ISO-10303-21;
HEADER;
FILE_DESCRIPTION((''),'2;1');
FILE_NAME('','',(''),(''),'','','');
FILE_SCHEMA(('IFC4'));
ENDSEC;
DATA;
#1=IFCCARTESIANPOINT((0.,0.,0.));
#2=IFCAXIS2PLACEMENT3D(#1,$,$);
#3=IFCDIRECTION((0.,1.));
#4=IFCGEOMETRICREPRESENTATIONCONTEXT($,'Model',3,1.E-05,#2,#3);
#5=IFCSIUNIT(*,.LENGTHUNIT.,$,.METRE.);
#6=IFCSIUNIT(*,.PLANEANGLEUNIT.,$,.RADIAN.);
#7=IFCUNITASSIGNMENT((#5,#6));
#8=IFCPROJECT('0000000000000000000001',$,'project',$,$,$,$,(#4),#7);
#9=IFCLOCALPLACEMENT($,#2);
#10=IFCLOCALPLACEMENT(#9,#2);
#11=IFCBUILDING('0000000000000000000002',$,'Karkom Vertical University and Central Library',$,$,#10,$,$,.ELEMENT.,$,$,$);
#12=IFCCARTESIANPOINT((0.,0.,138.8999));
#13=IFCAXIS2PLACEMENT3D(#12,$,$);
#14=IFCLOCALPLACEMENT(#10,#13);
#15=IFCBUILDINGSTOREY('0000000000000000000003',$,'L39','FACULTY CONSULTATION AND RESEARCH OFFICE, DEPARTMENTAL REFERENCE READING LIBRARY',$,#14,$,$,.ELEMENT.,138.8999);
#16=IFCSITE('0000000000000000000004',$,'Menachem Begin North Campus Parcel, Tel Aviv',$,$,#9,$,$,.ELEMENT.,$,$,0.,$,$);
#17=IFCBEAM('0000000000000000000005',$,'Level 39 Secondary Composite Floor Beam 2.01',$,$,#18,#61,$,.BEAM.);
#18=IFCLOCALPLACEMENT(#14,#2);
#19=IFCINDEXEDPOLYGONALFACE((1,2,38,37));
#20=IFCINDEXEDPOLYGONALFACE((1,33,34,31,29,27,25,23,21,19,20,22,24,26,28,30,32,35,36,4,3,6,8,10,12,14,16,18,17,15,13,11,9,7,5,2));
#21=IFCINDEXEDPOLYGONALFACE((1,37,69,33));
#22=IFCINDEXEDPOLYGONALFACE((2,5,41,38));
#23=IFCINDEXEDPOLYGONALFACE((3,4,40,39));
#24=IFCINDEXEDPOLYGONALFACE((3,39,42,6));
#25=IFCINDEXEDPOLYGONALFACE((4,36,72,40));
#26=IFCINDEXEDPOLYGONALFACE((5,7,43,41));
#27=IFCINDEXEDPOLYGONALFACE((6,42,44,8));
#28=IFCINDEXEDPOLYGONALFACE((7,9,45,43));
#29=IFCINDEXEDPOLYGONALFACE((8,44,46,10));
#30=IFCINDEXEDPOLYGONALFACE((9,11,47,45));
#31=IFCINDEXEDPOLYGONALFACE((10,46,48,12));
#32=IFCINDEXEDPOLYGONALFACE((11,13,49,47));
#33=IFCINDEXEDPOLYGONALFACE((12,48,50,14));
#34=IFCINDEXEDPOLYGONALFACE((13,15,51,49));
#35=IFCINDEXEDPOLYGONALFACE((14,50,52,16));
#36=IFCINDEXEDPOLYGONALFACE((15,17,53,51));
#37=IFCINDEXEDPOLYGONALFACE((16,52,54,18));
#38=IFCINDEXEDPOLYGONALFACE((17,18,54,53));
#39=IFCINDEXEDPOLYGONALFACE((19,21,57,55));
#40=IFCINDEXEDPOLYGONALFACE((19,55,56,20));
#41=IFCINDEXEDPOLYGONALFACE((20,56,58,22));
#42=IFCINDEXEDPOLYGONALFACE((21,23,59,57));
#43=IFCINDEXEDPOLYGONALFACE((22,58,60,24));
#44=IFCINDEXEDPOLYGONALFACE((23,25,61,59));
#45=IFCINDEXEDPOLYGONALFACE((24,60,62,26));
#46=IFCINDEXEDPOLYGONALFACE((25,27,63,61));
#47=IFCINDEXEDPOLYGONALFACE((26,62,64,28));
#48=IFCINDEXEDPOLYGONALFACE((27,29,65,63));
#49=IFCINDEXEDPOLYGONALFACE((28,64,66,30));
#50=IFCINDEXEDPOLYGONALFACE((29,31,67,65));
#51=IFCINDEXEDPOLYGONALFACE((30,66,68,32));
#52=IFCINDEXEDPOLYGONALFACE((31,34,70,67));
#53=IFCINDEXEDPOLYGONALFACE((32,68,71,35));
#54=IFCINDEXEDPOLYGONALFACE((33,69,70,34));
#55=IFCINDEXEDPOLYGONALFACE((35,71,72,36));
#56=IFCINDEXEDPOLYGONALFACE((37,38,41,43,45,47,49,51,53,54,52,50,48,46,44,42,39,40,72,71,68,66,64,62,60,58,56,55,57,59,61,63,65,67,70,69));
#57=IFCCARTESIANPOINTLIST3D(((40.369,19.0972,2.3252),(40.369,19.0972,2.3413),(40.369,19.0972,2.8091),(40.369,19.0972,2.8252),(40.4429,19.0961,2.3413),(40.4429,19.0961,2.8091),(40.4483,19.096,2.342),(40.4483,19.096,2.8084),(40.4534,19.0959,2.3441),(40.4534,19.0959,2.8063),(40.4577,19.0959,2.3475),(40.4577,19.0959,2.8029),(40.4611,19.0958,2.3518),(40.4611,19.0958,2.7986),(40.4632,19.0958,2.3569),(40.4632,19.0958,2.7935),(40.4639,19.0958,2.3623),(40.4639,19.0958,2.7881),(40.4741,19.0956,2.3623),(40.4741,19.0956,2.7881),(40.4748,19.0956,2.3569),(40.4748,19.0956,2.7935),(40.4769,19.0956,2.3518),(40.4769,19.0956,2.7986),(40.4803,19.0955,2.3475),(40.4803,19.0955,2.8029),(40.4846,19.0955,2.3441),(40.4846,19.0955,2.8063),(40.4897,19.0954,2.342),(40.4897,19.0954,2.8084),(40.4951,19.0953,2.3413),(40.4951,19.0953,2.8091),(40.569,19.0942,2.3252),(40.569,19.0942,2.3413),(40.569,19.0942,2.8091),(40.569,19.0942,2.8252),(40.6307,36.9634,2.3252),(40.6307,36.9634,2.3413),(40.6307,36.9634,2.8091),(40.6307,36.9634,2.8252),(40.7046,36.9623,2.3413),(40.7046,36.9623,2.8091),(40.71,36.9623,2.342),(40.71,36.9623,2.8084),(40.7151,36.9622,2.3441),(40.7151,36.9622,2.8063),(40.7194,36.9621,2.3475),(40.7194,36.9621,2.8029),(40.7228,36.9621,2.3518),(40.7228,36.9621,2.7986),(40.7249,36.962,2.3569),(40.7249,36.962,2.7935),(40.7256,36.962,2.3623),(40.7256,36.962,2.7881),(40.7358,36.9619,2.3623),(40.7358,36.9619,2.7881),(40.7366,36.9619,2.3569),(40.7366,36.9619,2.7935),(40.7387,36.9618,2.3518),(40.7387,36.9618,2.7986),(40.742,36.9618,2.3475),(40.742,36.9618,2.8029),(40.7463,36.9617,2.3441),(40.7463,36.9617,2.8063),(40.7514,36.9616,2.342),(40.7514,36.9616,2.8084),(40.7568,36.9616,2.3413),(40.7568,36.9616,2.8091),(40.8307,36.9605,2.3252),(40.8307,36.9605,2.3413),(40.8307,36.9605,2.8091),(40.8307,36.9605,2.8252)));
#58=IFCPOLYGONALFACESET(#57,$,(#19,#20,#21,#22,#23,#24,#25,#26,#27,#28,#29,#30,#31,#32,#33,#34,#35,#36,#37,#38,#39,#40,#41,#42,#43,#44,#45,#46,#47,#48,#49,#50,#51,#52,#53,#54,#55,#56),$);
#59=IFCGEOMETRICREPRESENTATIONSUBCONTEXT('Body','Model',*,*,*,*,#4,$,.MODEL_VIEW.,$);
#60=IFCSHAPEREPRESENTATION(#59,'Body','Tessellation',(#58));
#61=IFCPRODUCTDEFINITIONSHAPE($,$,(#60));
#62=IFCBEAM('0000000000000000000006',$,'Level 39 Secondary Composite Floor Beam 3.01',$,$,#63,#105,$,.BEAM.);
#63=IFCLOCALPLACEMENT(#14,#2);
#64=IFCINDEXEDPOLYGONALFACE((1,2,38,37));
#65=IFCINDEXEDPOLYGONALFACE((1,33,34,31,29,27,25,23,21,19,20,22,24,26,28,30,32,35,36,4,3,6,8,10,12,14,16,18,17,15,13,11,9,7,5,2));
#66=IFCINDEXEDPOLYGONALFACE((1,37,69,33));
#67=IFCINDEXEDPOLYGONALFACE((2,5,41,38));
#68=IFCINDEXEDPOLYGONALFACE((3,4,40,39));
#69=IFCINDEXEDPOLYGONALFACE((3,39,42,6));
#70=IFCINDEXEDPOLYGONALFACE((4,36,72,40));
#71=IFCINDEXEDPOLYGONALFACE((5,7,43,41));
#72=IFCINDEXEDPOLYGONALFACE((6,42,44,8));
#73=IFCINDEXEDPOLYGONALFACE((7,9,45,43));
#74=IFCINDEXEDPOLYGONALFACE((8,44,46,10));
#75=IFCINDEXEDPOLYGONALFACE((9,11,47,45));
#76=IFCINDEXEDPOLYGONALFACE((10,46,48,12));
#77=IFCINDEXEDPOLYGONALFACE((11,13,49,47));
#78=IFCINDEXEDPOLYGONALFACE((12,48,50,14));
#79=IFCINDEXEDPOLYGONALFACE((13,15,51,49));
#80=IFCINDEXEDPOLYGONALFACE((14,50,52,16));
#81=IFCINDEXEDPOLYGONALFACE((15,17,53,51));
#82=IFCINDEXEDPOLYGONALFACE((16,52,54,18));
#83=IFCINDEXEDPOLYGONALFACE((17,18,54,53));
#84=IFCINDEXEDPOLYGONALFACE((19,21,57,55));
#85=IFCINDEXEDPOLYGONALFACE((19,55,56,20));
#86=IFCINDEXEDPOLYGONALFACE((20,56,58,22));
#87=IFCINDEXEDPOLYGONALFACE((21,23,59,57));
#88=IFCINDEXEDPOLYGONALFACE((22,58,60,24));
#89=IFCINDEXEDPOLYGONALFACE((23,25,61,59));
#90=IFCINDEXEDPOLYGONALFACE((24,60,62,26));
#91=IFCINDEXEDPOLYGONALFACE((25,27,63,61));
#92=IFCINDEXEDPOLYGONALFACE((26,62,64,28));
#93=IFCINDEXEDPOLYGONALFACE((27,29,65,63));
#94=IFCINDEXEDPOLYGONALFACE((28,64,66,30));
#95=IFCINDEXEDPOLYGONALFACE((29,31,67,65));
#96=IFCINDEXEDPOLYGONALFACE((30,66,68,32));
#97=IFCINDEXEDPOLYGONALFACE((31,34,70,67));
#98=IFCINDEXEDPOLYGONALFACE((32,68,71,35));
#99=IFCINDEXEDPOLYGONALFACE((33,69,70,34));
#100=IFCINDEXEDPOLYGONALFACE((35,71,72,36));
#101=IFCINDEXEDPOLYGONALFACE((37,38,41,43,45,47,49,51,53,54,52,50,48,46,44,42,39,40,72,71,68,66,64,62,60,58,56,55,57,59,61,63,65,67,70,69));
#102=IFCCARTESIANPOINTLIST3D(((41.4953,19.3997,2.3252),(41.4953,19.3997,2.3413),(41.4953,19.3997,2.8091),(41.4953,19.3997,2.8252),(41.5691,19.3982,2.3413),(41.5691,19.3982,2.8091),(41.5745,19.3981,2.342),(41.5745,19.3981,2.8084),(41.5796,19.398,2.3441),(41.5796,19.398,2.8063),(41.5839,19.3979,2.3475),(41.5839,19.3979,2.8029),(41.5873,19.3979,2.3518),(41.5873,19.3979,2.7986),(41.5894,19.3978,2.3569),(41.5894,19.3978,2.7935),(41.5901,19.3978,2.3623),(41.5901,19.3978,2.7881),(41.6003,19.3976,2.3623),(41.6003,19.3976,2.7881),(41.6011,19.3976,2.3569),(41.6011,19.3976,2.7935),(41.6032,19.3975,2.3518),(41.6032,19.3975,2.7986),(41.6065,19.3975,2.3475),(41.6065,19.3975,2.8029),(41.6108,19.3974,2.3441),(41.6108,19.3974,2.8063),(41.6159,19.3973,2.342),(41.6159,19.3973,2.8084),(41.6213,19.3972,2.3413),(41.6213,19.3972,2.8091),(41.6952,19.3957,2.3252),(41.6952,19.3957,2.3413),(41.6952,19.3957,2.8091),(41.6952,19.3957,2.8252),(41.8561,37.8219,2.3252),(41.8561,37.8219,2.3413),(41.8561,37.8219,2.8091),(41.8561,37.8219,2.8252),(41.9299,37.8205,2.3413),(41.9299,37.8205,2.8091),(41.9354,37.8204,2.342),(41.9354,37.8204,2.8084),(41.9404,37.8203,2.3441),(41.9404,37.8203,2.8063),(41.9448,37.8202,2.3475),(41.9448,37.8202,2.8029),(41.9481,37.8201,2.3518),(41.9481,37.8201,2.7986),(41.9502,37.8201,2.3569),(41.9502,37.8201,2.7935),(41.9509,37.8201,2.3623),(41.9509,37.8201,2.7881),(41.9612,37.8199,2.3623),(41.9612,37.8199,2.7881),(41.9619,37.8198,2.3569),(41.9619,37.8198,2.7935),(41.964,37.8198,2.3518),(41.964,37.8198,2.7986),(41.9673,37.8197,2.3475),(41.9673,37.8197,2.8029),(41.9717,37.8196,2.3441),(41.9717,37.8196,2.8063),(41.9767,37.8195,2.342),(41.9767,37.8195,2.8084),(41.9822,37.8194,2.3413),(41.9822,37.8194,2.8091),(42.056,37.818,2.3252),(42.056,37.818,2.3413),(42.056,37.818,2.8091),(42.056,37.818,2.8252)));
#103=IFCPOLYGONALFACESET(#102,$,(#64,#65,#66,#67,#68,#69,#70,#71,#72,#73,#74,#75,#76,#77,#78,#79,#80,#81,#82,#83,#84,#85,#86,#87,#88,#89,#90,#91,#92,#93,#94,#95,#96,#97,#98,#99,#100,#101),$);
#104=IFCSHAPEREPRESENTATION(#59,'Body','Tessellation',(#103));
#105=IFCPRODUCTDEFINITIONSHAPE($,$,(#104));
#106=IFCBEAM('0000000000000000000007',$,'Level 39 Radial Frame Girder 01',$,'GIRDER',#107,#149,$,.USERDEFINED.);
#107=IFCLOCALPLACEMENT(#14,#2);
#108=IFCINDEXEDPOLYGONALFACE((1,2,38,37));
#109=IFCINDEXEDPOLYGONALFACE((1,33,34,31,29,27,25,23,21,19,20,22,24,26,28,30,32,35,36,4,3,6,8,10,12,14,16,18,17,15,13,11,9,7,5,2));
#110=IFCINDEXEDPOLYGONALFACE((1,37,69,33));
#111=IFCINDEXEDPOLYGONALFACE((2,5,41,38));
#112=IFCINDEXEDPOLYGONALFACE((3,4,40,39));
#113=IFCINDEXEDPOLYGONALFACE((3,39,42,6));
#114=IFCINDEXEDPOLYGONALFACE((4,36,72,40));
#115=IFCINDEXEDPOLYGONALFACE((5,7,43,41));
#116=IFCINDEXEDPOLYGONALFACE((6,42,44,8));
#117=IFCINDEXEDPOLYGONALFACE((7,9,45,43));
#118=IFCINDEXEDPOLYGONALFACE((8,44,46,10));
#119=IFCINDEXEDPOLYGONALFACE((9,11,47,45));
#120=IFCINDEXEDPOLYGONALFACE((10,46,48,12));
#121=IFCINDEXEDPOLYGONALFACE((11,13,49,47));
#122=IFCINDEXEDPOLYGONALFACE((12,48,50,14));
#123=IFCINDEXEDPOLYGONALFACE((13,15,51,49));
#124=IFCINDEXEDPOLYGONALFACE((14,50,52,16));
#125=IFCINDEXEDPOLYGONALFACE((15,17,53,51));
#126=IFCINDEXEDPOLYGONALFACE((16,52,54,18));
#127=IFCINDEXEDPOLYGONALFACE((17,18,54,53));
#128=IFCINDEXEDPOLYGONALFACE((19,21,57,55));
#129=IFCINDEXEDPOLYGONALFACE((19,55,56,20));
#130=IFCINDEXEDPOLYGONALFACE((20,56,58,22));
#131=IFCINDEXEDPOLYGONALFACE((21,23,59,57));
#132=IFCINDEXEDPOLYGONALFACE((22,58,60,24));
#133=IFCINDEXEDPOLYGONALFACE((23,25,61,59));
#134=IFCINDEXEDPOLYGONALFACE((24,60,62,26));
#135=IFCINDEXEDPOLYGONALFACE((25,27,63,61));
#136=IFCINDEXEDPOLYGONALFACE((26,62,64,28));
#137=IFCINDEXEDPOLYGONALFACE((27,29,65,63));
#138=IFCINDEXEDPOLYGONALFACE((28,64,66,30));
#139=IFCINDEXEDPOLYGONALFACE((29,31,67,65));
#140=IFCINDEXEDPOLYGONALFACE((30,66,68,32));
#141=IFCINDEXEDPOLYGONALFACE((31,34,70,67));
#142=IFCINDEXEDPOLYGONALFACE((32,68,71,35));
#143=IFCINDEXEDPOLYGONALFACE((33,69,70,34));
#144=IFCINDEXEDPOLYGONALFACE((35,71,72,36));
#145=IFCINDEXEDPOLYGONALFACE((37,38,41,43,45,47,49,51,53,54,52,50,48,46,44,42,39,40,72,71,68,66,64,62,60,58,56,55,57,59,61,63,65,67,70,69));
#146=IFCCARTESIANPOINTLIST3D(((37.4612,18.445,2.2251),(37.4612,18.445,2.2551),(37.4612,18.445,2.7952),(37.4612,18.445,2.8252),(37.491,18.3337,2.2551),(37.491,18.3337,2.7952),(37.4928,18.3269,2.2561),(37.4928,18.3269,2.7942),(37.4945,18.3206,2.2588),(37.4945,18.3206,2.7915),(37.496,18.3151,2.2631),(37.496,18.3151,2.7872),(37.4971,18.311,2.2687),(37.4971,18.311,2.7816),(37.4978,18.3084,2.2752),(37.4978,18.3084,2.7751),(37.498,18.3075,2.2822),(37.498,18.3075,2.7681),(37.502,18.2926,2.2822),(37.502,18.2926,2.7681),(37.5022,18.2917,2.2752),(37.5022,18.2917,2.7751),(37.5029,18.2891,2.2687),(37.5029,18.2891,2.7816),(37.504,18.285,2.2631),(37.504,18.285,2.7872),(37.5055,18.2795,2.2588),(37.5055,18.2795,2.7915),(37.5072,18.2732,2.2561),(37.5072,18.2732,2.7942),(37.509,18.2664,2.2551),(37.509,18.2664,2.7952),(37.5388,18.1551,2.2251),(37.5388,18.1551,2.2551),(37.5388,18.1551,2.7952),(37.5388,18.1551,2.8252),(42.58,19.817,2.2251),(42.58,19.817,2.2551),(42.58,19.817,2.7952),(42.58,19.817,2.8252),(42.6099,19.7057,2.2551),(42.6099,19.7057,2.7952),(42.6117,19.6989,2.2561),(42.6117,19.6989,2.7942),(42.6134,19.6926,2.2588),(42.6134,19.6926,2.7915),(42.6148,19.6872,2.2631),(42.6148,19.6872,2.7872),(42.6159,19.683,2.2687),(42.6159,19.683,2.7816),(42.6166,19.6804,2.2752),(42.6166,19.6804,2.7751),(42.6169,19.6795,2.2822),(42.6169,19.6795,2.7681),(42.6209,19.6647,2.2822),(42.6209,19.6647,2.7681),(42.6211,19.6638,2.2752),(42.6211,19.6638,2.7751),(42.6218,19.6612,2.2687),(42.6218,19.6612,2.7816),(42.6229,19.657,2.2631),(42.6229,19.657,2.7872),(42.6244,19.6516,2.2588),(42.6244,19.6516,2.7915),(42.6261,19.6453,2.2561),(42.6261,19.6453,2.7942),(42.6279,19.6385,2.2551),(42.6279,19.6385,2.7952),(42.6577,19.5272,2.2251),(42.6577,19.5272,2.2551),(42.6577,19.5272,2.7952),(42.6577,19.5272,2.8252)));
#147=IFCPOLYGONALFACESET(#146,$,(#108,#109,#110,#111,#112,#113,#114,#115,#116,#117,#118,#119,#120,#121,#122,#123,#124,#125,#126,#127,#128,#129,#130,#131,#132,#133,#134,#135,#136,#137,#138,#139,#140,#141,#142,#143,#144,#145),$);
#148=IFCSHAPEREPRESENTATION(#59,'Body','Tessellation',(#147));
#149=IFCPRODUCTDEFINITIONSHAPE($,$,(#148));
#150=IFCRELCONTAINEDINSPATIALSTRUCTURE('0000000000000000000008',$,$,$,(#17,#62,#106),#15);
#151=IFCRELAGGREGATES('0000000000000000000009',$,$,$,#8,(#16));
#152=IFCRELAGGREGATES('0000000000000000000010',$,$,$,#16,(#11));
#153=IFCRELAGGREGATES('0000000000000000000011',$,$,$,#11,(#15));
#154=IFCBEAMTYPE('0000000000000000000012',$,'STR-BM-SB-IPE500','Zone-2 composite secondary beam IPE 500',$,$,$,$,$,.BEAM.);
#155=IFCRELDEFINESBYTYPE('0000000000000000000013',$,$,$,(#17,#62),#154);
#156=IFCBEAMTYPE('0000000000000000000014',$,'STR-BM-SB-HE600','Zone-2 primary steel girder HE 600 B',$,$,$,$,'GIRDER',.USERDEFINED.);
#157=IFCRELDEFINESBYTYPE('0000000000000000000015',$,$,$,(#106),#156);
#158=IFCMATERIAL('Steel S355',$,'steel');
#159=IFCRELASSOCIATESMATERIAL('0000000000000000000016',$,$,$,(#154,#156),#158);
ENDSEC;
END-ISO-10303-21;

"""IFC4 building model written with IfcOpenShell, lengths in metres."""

from ifc_helpers import new_model, si_unit, direction, frame, origin, origin_with_axes, origin_2d, place, context, subcontext, project, spatial, i_section, extrude, source, transform, mapped, material, material_profile, profile_set, type_object, element, save


model = new_model("IFC4")

# Units and contexts
model_context = context("Model", 3, precision=1e-05, world=origin(), true_north=direction((0.0, 1.0)))
body_context = subcontext(model_context, "Body", "Model", "MODEL_VIEW")
ifc_project = project(units=[si_unit("LENGTHUNIT", "METRE"), si_unit("PLANEANGLEUNIT", "RADIAN")], contexts=[model_context])

# Site, building, storey
site_placement = place(None, origin())
site = spatial("IfcSite", under=ifc_project, at=site_placement, Name="Menachem Begin North Campus Parcel, Tel Aviv", CompositionType="ELEMENT", RefElevation=0.0)
building_placement = place(site_placement, origin())
building = spatial("IfcBuilding", under=site, at=building_placement, Name="Karkom Vertical University and Central Library", CompositionType="ELEMENT")
storey_placement = place(building_placement, frame((0.0, 0.0, 138.8999)))
storey = spatial("IfcBuildingStorey", under=building, at=storey_placement, Name="L39", Description="FACULTY CONSULTATION AND RESEARCH OFFICE, DEPARTMENTAL REFERENCE READING LIBRARY", CompositionType="ELEMENT", Elevation=138.8999)

# Beams
ifc_material_1 = material(Name="Steel S355", Category="steel")
ifc_material_profile_1 = material_profile(ifc_material_1, i_section(OverallWidth=0.2, OverallDepth=0.5, WebThickness=0.0103, FlangeThickness=0.0161, FilletRadius=0.021, at=origin_2d()), Name="IPE 500")
ifc_profile_set_1 = profile_set([ifc_material_profile_1], Name="Steel S355")
beam_type_1 = type_object("IfcBeamType", Name="STR-BM-SB-IPE500", Description="Zone-2 composite secondary beam IPE 500", PredefinedType="BEAM", material=ifc_profile_set_1)
shared_shape_1 = source(origin_with_axes(), body_context, "Body", "SweptSolid", [
    extrude(i_section(OverallWidth=0.2, OverallDepth=0.5, WebThickness=0.0103, FlangeThickness=0.0161, FilletRadius=0.021, at=origin_2d()), origin(), (0.0, 0.0, 1.0), 17.8682),
])
beam_1_placement = place(storey_placement, frame((40.469, 19.0957, 2.5752), z_axis=(0.014647, 0.999893, 0.0), x_axis=(-0.999893, 0.014647, 0.0)))
element("IfcBeam", 1, at=beam_1_placement, inside=storey, type_object=beam_type_1, Name="Level 39 Secondary Composite Floor Beam 2.01", PredefinedType="BEAM", context=body_context, shape_type="MappedRepresentation", body=[
    mapped(shared_shape_1, transform((0.0, 0.0, 0.0), scale=1.0)),
])
shared_shape_2 = source(origin_with_axes(), body_context, "Body", "SweptSolid", [
    extrude(i_section(OverallWidth=0.2, OverallDepth=0.5, WebThickness=0.0103, FlangeThickness=0.0161, FilletRadius=0.021, at=origin_2d()), origin(), (0.0, 0.0, 1.0), 18.4258),
])
beam_2_placement = place(storey_placement, frame((41.5952, 19.3977, 2.5752), z_axis=(0.019583, 0.999808, 0.0), x_axis=(-0.999808, 0.019583, 0.0)))
element("IfcBeam", 2, at=beam_2_placement, inside=storey, type_object=beam_type_1, Name="Level 39 Secondary Composite Floor Beam 3.01", PredefinedType="BEAM", context=body_context, shape_type="MappedRepresentation", body=[
    mapped(shared_shape_2, transform((0.0, 0.0, 0.0), scale=1.0)),
])
ifc_material_profile_2 = material_profile(ifc_material_1, i_section(OverallWidth=0.3, OverallDepth=0.6001, WebThickness=0.0154, FlangeThickness=0.03, FilletRadius=0.0271, at=origin_2d()), Name="HE 600 B")
ifc_profile_set_2 = profile_set([ifc_material_profile_2], Name="Steel S355")
beam_type_2 = type_object("IfcBeamType", Name="STR-BM-SB-HE600", Description="Zone-2 primary steel girder HE 600 B", ElementType="GIRDER", PredefinedType="USERDEFINED", material=ifc_profile_set_2)
shared_shape_3 = source(origin_with_axes(), body_context, "Body", "SweptSolid", [
    extrude(i_section(OverallWidth=0.3, OverallDepth=0.6001, WebThickness=0.0154, FlangeThickness=0.03, FilletRadius=0.0271, at=origin_2d()), origin(), (0.0, 0.0, 1.0), 5.2996),
])
beam_3_placement = place(storey_placement, frame((37.5, 18.3, 2.5251), z_axis=(0.965904, 0.258901, 0.0), x_axis=(-0.258901, 0.965904, 0.0)))
element("IfcBeam", 3, at=beam_3_placement, inside=storey, type_object=beam_type_2, Name="Level 39 Radial Frame Girder 01", ObjectType="GIRDER", PredefinedType="USERDEFINED", context=body_context, shape_type="MappedRepresentation", body=[
    mapped(shared_shape_3, transform((0.0, 0.0, 0.0), scale=1.0)),
])

save(model, "model.ifc")
